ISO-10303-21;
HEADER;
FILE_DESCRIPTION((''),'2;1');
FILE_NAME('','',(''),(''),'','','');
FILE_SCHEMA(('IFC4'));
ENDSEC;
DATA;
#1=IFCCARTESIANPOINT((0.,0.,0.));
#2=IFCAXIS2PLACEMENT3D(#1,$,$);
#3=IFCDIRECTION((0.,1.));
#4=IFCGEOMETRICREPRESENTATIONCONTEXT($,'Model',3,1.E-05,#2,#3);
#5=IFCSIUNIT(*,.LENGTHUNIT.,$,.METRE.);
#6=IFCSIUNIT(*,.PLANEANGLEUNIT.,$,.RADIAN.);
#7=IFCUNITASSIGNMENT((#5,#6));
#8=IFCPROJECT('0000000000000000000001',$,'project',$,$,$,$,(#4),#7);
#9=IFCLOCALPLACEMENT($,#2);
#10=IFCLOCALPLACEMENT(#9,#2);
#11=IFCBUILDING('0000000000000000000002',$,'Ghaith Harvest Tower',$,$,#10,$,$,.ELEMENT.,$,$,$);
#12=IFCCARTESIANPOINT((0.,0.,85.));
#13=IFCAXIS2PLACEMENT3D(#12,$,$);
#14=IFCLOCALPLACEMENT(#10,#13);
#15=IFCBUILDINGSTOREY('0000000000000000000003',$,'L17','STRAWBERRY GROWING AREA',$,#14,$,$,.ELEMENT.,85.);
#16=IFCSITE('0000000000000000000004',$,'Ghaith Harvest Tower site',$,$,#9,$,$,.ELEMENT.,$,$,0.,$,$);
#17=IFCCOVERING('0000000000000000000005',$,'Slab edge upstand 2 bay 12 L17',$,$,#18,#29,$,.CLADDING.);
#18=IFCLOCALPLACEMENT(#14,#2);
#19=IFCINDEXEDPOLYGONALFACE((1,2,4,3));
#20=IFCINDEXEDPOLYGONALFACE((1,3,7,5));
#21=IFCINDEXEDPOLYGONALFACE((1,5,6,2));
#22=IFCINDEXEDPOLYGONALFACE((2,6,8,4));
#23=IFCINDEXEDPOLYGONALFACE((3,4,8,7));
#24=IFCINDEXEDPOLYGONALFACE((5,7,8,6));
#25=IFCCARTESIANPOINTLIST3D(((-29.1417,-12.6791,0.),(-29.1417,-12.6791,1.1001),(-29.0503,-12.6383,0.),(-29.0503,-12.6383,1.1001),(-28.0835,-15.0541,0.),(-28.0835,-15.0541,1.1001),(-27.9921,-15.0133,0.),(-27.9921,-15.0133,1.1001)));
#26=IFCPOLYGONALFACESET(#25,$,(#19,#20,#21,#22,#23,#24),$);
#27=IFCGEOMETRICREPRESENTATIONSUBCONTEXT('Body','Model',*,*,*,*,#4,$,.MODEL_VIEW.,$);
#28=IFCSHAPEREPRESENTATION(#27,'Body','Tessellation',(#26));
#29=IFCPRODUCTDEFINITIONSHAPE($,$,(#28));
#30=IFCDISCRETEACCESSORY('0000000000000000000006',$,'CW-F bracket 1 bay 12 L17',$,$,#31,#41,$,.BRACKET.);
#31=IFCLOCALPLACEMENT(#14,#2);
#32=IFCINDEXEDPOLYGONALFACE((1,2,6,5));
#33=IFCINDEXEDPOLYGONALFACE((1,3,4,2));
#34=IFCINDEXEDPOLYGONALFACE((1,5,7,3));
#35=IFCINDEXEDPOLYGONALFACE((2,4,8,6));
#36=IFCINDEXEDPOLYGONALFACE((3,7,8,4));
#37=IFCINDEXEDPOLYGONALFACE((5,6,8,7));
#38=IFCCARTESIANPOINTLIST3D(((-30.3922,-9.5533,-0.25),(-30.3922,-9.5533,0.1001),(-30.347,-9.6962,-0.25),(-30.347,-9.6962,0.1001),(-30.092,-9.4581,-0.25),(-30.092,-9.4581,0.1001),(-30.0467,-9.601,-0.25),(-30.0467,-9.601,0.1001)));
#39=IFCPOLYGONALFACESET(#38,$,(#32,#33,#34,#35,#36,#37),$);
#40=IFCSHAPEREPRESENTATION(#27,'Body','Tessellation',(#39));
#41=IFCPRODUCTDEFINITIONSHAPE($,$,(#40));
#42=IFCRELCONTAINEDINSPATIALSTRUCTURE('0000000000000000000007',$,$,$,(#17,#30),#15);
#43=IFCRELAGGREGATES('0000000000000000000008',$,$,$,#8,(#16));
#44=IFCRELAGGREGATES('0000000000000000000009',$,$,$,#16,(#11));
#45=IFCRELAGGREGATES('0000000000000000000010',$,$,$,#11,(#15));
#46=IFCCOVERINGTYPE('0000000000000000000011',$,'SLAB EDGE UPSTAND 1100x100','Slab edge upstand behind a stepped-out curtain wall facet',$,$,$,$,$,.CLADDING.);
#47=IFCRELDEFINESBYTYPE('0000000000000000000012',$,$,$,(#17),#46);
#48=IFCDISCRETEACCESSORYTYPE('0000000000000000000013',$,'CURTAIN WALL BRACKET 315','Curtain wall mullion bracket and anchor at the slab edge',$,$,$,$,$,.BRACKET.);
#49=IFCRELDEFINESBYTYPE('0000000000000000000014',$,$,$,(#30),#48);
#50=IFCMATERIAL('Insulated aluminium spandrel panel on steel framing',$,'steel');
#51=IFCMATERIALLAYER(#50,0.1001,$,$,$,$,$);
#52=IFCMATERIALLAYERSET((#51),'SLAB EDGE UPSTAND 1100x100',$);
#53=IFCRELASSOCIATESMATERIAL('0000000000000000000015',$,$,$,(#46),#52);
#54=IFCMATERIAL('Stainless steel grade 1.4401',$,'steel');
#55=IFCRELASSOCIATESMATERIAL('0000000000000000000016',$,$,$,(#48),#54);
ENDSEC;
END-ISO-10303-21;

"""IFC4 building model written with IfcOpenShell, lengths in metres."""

from ifc_helpers import new_model, si_unit, direction, frame, origin, origin_2d, place, context, subcontext, project, spatial, rectangle, extrude, material, layer, layer_set, type_object, element, save


model = new_model("IFC4")

# Units and contexts
model_context = context("Model", 3, precision=1e-05, world=origin(), true_north=direction((0.0, 1.0)))
body_context = subcontext(model_context, "Body", "Model", "MODEL_VIEW")
ifc_project = project(units=[si_unit("LENGTHUNIT", "METRE"), si_unit("PLANEANGLEUNIT", "RADIAN")], contexts=[model_context])

# Site, building, storey
site_placement = place(None, origin())
site = spatial("IfcSite", under=ifc_project, at=site_placement, Name="Ghaith Harvest Tower site", CompositionType="ELEMENT", RefElevation=0.0)
building_placement = place(site_placement, origin())
building = spatial("IfcBuilding", under=site, at=building_placement, Name="Ghaith Harvest Tower", CompositionType="ELEMENT")
storey_placement = place(building_placement, frame((0.0, 0.0, 85.0)))
storey = spatial("IfcBuildingStorey", under=building, at=storey_placement, Name="L17", Description="STRAWBERRY GROWING AREA", CompositionType="ELEMENT", Elevation=85.0)

# Covering
ifc_material_1 = material(Name="Insulated aluminium spandrel panel on steel framing", Category="steel")
ifc_layer_1 = layer(ifc_material_1, 0.1001)
ifc_layer_set_1 = layer_set([ifc_layer_1], Name="SLAB EDGE UPSTAND 1100x100")
covering_type = type_object("IfcCoveringType", Name="SLAB EDGE UPSTAND 1100x100", Description="Slab edge upstand behind a stepped-out curtain wall facet", PredefinedType="CLADDING", material=ifc_layer_set_1)
covering_1_placement = place(storey_placement, frame((-28.5669, -13.8462, 0.0), z_axis=(0.0, 0.0, 1.0), x_axis=(0.407003, -0.913427, 0.0)))
element("IfcCovering", 1, at=covering_1_placement, inside=storey, type_object=covering_type, Name="Slab edge upstand 2 bay 12 L17", PredefinedType="CLADDING", context=body_context, shape_type="SweptSolid", body=[
    extrude(rectangle(XDim=2.6001, YDim=0.1001, at=origin_2d()), origin(), (0.0, 0.0, 1.0), 1.1001),
])

# Discrete accessory
ifc_material_2 = material(Name="Stainless steel grade 1.4401", Category="steel")
discrete_accessory_type = type_object("IfcDiscreteAccessoryType", Name="CURTAIN WALL BRACKET 315", Description="Curtain wall mullion bracket and anchor at the slab edge", PredefinedType="BRACKET", material=ifc_material_2)
discrete_accessory_placement = place(storey_placement, frame((-30.2195, -9.5771, -0.25), z_axis=(0.0, 0.0, 1.0), x_axis=(-0.953273, -0.30211, 0.0)))
element("IfcDiscreteAccessory", 2, at=discrete_accessory_placement, inside=storey, type_object=discrete_accessory_type, Name="CW-F bracket 1 bay 12 L17", PredefinedType="BRACKET", context=body_context, shape_type="SweptSolid", body=[
    extrude(rectangle(XDim=0.3149, YDim=0.1499, at=origin_2d()), origin(), (0.0, 0.0, 1.0), 0.3501),
])

save(model, "model.ifc")
